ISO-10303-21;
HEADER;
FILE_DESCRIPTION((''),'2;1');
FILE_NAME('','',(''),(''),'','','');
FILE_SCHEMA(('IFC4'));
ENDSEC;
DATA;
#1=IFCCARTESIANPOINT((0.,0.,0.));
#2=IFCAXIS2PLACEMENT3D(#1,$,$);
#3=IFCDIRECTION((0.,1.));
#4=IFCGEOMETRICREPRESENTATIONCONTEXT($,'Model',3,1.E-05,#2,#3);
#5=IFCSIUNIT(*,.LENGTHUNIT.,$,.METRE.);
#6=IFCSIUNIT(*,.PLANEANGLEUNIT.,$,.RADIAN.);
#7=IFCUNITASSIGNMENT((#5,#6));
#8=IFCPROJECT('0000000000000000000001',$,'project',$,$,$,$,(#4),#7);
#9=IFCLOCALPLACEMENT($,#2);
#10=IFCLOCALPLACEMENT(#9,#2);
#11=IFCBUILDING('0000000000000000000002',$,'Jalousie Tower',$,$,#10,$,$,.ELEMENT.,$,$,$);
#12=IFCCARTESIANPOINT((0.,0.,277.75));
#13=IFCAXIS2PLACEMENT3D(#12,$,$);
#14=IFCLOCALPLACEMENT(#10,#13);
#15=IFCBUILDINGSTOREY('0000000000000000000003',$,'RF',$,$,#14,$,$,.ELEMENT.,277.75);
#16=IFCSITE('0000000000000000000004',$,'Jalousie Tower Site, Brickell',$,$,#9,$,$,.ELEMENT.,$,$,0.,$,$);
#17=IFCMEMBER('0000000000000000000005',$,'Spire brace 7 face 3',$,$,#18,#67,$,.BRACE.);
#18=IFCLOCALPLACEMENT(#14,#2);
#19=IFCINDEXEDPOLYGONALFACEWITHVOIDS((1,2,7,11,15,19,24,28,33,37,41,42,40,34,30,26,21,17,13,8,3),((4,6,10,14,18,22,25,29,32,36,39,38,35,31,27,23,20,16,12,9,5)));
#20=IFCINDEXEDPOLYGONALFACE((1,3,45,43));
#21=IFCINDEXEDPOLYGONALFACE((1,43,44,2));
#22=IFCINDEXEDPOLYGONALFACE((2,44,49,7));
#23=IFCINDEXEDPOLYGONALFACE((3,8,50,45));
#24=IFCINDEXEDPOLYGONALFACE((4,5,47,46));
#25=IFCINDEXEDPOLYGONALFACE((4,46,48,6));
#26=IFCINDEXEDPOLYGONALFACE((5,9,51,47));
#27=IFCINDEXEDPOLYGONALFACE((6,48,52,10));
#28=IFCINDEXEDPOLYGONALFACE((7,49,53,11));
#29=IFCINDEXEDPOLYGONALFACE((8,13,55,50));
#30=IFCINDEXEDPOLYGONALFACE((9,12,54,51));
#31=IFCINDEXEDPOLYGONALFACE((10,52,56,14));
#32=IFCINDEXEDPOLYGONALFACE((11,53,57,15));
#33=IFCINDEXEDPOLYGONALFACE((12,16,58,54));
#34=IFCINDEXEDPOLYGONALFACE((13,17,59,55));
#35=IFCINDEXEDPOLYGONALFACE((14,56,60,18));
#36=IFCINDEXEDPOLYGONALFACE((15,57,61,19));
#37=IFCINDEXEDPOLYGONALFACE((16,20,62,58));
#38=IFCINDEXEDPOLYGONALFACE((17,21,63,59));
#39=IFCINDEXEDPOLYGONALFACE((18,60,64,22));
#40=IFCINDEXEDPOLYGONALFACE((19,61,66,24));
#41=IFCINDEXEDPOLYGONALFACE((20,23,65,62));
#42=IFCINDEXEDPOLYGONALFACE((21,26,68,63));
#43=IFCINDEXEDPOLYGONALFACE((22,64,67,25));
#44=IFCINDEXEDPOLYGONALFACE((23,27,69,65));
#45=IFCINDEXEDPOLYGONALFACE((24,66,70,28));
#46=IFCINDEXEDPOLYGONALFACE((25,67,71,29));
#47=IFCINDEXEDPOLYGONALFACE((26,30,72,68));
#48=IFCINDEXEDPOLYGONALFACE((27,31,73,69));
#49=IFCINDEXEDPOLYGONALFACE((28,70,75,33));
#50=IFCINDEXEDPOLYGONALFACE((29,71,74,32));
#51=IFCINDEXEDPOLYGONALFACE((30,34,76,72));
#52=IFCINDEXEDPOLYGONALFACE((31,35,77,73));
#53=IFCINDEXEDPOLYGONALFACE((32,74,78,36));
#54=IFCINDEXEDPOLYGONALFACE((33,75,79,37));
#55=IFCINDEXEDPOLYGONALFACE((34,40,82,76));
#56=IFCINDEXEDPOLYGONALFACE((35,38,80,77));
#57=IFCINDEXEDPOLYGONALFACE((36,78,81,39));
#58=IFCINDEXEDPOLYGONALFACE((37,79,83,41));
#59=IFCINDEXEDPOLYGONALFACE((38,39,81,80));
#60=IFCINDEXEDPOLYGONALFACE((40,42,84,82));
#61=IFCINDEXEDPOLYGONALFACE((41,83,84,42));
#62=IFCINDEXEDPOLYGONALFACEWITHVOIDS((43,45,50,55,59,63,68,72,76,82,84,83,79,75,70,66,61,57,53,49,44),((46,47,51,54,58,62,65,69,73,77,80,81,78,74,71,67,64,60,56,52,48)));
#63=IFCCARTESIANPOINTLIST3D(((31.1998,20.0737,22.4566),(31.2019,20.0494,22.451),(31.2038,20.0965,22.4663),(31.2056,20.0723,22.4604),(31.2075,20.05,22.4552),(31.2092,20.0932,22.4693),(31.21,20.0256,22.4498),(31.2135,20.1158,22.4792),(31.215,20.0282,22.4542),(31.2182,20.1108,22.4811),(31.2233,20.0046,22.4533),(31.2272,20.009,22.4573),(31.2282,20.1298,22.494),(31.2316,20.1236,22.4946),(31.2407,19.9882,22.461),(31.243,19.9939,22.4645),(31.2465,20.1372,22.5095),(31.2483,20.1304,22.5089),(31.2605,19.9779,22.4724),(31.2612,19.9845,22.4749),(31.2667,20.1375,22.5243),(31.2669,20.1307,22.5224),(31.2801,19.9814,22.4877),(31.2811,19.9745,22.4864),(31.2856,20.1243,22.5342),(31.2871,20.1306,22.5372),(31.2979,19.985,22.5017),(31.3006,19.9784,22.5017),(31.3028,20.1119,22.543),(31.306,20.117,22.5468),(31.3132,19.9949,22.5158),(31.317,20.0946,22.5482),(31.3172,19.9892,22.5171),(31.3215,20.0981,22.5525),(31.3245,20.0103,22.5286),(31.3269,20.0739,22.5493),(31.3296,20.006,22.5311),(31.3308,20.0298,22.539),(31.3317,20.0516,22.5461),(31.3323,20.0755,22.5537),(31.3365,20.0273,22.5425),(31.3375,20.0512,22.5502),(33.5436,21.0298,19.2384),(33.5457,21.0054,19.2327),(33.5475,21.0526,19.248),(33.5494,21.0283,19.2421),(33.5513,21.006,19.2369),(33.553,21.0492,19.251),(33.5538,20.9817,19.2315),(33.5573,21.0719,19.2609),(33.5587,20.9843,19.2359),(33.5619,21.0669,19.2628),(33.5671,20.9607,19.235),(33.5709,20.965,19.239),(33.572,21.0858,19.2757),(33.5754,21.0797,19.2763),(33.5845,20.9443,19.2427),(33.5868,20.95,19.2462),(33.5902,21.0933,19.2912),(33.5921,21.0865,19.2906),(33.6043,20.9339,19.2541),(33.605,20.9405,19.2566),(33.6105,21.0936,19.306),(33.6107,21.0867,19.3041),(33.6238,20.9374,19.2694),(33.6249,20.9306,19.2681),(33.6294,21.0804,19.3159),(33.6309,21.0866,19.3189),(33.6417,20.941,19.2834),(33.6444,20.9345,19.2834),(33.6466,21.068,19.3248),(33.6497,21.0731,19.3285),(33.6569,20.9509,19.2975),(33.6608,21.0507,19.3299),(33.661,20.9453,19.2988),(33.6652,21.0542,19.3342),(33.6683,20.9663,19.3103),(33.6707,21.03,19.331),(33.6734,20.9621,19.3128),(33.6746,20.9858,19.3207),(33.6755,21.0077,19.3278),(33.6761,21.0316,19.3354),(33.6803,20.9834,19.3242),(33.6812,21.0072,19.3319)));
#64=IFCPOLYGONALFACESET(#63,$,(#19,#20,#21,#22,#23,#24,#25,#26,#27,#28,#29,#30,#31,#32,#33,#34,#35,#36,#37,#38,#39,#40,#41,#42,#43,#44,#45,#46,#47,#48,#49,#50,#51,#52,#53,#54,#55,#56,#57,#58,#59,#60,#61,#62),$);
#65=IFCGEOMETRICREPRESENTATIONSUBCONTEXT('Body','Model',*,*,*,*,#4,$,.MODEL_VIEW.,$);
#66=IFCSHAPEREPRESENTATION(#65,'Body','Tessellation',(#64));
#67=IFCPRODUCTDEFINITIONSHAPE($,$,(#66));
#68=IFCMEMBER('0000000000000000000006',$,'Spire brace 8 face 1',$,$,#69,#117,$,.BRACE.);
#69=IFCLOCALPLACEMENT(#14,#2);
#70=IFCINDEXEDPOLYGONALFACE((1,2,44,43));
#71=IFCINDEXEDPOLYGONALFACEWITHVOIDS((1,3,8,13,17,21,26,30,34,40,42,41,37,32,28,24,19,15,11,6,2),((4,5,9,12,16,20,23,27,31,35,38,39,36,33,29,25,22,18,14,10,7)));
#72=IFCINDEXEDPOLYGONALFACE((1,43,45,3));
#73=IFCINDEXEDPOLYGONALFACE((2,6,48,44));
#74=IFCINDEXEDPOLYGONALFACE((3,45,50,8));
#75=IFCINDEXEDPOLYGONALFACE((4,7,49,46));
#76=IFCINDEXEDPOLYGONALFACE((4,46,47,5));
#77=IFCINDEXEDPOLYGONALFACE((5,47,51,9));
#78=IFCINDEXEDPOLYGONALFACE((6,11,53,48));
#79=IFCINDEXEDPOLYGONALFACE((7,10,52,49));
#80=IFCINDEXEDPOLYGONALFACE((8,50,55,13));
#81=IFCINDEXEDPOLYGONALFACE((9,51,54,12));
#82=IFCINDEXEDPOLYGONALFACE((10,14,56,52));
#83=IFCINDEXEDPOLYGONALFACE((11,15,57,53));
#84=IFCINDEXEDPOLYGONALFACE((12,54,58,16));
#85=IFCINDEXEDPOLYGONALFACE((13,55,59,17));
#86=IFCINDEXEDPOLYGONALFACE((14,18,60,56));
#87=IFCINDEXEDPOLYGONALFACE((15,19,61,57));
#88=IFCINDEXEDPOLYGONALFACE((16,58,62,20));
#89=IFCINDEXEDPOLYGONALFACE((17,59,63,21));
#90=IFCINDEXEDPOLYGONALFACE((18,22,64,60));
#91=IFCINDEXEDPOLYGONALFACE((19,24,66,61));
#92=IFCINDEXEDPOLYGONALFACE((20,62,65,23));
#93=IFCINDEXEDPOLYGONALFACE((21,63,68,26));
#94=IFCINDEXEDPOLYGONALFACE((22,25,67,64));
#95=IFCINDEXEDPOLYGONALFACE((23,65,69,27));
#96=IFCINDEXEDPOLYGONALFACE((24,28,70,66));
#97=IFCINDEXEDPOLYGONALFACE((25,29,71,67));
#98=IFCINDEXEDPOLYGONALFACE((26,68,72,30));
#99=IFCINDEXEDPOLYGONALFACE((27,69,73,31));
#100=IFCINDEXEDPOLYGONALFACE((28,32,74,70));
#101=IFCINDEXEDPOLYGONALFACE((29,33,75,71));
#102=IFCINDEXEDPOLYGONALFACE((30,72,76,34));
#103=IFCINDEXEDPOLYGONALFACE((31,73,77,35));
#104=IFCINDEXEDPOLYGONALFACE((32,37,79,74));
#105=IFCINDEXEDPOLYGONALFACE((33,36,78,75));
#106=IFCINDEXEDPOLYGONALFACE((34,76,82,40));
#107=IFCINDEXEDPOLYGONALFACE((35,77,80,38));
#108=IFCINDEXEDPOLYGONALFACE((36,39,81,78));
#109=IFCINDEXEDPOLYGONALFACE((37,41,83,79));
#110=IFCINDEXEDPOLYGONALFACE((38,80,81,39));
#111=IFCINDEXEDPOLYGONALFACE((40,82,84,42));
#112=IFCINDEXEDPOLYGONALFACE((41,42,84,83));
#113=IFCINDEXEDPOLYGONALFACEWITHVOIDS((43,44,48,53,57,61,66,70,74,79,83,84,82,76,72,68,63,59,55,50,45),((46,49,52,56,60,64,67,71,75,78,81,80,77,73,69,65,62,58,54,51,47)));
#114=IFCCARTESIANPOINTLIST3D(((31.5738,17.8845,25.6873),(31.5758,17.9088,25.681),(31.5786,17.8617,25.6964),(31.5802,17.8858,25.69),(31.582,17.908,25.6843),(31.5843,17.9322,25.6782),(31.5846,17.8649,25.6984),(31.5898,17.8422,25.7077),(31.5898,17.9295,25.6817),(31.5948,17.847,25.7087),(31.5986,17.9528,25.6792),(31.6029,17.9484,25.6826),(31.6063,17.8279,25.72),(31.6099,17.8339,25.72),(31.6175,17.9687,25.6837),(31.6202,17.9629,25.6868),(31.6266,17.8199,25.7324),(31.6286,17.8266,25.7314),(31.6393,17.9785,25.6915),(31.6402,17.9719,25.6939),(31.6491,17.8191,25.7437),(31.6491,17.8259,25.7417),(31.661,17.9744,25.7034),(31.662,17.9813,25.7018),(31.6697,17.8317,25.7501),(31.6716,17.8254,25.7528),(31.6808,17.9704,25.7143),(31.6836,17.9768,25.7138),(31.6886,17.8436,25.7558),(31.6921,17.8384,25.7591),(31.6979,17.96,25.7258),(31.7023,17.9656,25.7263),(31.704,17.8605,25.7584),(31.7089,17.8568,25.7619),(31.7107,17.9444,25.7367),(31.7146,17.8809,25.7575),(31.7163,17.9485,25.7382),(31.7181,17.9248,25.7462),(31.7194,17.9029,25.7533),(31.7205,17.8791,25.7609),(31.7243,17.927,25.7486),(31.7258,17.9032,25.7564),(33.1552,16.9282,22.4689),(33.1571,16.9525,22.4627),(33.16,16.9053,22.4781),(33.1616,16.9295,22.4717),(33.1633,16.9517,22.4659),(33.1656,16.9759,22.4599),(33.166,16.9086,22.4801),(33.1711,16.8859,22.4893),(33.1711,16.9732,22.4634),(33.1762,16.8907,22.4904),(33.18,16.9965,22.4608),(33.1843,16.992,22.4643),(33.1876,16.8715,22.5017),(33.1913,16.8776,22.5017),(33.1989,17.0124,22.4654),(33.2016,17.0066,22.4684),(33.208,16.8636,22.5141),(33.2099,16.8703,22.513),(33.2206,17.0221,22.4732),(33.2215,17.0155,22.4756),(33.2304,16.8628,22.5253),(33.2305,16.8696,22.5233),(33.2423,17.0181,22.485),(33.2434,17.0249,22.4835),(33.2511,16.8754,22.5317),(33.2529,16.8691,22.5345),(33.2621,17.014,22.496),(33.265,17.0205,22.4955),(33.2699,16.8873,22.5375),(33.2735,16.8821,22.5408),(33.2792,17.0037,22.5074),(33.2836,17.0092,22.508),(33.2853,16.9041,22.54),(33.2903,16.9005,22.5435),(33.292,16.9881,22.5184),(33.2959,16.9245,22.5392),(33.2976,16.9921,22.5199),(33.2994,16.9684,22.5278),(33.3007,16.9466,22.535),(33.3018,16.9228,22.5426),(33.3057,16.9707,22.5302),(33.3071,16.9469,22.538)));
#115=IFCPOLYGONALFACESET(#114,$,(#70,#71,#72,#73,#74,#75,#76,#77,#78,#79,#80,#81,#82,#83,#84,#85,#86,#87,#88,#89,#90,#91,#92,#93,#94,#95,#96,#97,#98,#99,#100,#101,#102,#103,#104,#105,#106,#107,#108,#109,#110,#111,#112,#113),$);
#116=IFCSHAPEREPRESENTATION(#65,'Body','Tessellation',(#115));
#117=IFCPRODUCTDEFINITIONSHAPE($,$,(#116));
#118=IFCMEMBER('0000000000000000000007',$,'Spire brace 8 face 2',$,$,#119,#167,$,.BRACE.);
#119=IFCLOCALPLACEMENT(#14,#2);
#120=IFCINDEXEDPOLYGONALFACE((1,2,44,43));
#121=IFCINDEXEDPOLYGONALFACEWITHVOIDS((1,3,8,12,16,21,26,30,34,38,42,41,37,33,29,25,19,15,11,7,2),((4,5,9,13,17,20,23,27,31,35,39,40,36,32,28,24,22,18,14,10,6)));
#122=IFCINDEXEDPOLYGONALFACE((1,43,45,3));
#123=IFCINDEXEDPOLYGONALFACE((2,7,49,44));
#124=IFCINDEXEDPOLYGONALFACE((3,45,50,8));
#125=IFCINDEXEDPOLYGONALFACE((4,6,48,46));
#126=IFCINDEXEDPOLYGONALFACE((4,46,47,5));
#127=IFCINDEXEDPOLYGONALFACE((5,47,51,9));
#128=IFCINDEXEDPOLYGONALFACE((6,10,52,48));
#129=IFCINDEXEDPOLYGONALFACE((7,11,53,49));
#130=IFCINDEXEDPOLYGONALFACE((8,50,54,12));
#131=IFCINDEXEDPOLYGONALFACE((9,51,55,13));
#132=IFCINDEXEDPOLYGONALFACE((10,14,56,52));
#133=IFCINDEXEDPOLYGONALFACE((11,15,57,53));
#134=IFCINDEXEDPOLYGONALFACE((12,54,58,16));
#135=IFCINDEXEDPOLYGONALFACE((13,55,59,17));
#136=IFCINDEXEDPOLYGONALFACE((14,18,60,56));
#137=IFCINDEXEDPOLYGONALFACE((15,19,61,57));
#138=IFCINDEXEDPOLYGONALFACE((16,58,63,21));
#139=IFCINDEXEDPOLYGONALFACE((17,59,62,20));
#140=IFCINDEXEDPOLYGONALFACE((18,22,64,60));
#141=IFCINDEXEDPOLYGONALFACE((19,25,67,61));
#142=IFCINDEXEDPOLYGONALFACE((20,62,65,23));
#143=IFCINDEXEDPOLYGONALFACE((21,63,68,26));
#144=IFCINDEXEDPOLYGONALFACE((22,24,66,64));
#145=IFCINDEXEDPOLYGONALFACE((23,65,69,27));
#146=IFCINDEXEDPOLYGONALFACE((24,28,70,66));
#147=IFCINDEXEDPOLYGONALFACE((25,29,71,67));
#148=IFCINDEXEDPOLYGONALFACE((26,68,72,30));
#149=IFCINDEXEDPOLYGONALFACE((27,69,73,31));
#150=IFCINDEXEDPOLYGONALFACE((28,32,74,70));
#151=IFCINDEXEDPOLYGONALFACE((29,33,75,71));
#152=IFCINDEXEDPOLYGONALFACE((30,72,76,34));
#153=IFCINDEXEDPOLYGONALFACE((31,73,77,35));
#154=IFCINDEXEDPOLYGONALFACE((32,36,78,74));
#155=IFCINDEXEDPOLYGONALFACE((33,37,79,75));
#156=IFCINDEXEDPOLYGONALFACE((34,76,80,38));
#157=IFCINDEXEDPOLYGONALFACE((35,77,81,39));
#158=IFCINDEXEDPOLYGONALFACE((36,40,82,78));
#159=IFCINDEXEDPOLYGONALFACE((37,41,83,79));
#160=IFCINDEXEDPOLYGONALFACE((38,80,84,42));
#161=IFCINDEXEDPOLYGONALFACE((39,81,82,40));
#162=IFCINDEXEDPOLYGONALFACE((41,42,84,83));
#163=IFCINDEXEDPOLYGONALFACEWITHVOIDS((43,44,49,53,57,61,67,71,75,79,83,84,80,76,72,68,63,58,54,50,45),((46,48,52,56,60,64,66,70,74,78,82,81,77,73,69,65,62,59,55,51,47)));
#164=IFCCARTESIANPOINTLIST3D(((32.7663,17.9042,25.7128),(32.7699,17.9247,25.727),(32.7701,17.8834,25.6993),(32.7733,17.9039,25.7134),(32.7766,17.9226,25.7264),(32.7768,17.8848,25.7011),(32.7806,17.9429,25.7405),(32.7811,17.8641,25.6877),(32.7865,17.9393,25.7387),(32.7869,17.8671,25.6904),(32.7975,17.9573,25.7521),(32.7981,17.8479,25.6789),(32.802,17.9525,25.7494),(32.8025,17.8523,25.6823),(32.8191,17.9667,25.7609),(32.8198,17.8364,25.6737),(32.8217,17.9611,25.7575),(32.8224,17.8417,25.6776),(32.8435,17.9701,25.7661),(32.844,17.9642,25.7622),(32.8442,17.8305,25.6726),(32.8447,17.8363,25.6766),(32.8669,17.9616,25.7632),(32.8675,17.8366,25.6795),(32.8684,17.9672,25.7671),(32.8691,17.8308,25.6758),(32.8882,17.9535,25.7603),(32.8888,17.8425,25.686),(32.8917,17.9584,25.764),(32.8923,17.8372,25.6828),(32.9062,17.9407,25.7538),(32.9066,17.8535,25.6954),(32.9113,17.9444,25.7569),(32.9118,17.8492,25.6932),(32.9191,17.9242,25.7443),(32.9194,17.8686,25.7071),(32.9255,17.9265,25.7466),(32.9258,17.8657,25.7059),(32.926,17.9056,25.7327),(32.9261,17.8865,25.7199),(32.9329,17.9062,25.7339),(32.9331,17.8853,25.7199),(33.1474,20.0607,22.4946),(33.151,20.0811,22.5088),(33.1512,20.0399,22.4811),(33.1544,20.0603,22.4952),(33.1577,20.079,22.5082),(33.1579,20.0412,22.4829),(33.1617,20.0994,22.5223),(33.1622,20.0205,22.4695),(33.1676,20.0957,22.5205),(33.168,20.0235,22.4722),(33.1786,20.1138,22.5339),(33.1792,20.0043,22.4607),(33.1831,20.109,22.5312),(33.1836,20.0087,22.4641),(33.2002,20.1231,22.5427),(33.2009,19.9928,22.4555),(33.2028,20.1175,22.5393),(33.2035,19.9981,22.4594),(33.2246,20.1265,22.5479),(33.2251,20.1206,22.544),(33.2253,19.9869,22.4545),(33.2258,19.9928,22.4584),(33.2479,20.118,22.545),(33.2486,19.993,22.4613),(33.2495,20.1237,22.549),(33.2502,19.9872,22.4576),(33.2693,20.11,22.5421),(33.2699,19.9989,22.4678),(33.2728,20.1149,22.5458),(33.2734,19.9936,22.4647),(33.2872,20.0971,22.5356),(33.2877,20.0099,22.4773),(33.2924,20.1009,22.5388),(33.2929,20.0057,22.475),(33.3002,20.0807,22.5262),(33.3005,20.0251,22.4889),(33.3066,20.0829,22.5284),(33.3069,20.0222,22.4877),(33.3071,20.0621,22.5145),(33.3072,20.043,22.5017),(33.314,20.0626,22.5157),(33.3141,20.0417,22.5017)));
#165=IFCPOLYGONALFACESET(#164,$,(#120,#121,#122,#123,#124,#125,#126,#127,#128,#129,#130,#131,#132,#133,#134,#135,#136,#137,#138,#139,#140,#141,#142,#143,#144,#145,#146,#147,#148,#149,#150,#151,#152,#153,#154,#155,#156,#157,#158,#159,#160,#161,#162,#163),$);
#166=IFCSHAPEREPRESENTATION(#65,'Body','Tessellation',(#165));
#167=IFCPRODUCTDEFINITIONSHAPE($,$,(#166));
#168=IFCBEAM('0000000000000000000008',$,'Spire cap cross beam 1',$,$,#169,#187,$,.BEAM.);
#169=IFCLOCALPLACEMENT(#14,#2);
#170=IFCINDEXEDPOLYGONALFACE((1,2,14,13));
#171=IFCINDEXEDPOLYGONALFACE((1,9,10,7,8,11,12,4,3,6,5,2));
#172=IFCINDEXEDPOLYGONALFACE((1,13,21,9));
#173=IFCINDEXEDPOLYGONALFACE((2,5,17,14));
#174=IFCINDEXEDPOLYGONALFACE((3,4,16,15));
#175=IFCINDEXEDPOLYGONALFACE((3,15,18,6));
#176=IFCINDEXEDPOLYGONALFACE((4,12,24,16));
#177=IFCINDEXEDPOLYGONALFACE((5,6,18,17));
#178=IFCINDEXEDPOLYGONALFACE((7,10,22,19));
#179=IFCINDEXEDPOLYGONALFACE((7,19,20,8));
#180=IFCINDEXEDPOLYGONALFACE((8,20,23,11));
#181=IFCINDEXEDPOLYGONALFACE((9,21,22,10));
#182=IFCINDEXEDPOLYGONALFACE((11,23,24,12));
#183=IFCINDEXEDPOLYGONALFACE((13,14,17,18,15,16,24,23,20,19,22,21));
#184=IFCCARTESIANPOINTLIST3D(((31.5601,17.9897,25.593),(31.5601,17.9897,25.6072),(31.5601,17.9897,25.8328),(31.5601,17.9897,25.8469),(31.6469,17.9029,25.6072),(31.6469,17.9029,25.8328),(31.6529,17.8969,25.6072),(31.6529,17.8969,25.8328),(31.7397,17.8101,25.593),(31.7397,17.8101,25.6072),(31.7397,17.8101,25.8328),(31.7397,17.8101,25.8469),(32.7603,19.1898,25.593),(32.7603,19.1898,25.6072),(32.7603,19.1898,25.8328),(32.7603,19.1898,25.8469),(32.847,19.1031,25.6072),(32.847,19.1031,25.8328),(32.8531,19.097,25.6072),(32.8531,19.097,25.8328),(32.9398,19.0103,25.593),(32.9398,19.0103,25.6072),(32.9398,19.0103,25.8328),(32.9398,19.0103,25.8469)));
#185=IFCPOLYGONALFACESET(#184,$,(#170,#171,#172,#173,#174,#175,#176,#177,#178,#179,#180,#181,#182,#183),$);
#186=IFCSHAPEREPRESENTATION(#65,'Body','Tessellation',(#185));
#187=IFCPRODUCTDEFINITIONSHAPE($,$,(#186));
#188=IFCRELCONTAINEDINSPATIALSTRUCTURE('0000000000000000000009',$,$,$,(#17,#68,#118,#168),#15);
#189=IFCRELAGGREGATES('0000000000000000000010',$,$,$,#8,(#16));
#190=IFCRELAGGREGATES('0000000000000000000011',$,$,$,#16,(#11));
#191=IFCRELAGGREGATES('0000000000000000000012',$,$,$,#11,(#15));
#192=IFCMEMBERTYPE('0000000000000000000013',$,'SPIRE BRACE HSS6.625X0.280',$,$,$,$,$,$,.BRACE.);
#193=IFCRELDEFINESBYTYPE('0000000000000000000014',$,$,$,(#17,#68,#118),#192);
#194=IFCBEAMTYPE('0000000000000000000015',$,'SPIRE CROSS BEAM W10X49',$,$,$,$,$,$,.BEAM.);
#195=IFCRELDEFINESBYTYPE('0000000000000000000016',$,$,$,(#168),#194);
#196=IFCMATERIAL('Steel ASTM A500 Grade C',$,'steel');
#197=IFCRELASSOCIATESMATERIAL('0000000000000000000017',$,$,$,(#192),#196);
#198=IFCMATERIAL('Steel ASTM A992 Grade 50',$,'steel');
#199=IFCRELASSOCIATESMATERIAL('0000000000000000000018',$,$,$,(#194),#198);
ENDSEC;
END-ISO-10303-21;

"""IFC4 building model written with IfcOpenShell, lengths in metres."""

from ifc_helpers import new_model, si_unit, direction, frame, origin, origin_2d, place, context, subcontext, project, spatial, hollow_circle, i_section, extrude, material, material_profile, profile_set, type_object, element, save


model = new_model("IFC4")

# Units and contexts
model_context = context("Model", 3, precision=1e-05, world=origin(), true_north=direction((0.0, 1.0)))
body_context = subcontext(model_context, "Body", "Model", "MODEL_VIEW")
ifc_project = project(units=[si_unit("LENGTHUNIT", "METRE"), si_unit("PLANEANGLEUNIT", "RADIAN")], contexts=[model_context])

# Site, building, storey
site_placement = place(None, origin())
site = spatial("IfcSite", under=ifc_project, at=site_placement, Name="Jalousie Tower Site, Brickell", CompositionType="ELEMENT", RefElevation=0.0)
building_placement = place(site_placement, origin())
building = spatial("IfcBuilding", under=site, at=building_placement, Name="Jalousie Tower", CompositionType="ELEMENT")
storey_placement = place(building_placement, frame((0.0, 0.0, 277.75)))
storey = spatial("IfcBuildingStorey", under=building, at=storey_placement, Name="RF", CompositionType="ELEMENT", Elevation=277.75)

# Members
ifc_material_1 = material(Name="Steel ASTM A500 Grade C", Category="steel")
ifc_material_profile_1 = material_profile(ifc_material_1, hollow_circle(Radius=0.0842, WallThickness=0.0071, at=origin_2d()), Name="HSS6.625X0.280")
ifc_profile_set_1 = profile_set([ifc_material_profile_1], Name="Steel ASTM A500 Grade C")
member_type_1 = type_object("IfcMemberType", Name="SPIRE BRACE HSS6.625X0.280", PredefinedType="BRACE", material=ifc_profile_set_1)
member_1_placement = place(storey_placement, frame((33.6125, 21.0125, 19.2834), z_axis=(-0.572423, -0.233501, 0.786008), x_axis=(0.377701, -0.925928, 0.0)))
element("IfcMember", 1, at=member_1_placement, inside=storey, type_object=member_type_1, Name="Spire brace 7 face 3", PredefinedType="BRACE", context=body_context, shape_type="SweptSolid", body=[
    extrude(hollow_circle(Radius=0.0842, WallThickness=0.0071, at=origin_2d()), origin(), (0.0, 0.0, 1.0), 4.0945),
])
member_2_placement = place(storey_placement, frame((33.2312, 16.9436, 22.5017), z_axis=(-0.4261, 0.257686, 0.8672), x_axis=(-0.517485, -0.855693, 0.0)))
element("IfcMember", 2, at=member_2_placement, inside=storey, type_object=member_type_1, Name="Spire brace 8 face 1", PredefinedType="BRACE", context=body_context, shape_type="SweptSolid", body=[
    extrude(hollow_circle(Radius=0.0842, WallThickness=0.0071, at=origin_2d()), origin(), (0.0, 0.0, 1.0), 3.7112),
])
member_3_placement = place(storey_placement, frame((33.2312, 20.0564, 22.5017), z_axis=(-0.097903, -0.553988, 0.826748), x_axis=(0.984741, -0.174027, 0.0)))
element("IfcMember", 3, at=member_3_placement, inside=storey, type_object=member_type_1, Name="Spire brace 8 face 2", PredefinedType="BRACE", context=body_context, shape_type="SweptSolid", body=[
    extrude(hollow_circle(Radius=0.0842, WallThickness=0.0071, at=origin_2d()), origin(), (0.0, 0.0, 1.0), 3.8926),
])

# Beam
ifc_material_2 = material(Name="Steel ASTM A992 Grade 50", Category="steel")
ifc_material_profile_2 = material_profile(ifc_material_2, i_section(OverallWidth=0.2539, OverallDepth=0.2539, WebThickness=0.0085, FlangeThickness=0.0142, at=origin_2d()), Name="W10X49")
ifc_profile_set_2 = profile_set([ifc_material_profile_2], Name="Steel ASTM A992 Grade 50")
beam_type = type_object("IfcBeamType", Name="SPIRE CROSS BEAM W10X49", PredefinedType="BEAM", material=ifc_profile_set_2)
beam_placement = place(storey_placement, frame((31.6499, 17.8999, 25.72), z_axis=(0.707107, 0.707107, 0.0), x_axis=(-0.707107, 0.707107, 0.0)))
element("IfcBeam", 4, at=beam_placement, inside=storey, type_object=beam_type, Name="Spire cap cross beam 1", PredefinedType="BEAM", context=body_context, shape_type="SweptSolid", body=[
    extrude(i_section(OverallWidth=0.2539, OverallDepth=0.2539, WebThickness=0.0085, FlangeThickness=0.0142, at=origin_2d()), origin(), (0.0, 0.0, 1.0), 1.6973),
])

save(model, "model.ifc")
